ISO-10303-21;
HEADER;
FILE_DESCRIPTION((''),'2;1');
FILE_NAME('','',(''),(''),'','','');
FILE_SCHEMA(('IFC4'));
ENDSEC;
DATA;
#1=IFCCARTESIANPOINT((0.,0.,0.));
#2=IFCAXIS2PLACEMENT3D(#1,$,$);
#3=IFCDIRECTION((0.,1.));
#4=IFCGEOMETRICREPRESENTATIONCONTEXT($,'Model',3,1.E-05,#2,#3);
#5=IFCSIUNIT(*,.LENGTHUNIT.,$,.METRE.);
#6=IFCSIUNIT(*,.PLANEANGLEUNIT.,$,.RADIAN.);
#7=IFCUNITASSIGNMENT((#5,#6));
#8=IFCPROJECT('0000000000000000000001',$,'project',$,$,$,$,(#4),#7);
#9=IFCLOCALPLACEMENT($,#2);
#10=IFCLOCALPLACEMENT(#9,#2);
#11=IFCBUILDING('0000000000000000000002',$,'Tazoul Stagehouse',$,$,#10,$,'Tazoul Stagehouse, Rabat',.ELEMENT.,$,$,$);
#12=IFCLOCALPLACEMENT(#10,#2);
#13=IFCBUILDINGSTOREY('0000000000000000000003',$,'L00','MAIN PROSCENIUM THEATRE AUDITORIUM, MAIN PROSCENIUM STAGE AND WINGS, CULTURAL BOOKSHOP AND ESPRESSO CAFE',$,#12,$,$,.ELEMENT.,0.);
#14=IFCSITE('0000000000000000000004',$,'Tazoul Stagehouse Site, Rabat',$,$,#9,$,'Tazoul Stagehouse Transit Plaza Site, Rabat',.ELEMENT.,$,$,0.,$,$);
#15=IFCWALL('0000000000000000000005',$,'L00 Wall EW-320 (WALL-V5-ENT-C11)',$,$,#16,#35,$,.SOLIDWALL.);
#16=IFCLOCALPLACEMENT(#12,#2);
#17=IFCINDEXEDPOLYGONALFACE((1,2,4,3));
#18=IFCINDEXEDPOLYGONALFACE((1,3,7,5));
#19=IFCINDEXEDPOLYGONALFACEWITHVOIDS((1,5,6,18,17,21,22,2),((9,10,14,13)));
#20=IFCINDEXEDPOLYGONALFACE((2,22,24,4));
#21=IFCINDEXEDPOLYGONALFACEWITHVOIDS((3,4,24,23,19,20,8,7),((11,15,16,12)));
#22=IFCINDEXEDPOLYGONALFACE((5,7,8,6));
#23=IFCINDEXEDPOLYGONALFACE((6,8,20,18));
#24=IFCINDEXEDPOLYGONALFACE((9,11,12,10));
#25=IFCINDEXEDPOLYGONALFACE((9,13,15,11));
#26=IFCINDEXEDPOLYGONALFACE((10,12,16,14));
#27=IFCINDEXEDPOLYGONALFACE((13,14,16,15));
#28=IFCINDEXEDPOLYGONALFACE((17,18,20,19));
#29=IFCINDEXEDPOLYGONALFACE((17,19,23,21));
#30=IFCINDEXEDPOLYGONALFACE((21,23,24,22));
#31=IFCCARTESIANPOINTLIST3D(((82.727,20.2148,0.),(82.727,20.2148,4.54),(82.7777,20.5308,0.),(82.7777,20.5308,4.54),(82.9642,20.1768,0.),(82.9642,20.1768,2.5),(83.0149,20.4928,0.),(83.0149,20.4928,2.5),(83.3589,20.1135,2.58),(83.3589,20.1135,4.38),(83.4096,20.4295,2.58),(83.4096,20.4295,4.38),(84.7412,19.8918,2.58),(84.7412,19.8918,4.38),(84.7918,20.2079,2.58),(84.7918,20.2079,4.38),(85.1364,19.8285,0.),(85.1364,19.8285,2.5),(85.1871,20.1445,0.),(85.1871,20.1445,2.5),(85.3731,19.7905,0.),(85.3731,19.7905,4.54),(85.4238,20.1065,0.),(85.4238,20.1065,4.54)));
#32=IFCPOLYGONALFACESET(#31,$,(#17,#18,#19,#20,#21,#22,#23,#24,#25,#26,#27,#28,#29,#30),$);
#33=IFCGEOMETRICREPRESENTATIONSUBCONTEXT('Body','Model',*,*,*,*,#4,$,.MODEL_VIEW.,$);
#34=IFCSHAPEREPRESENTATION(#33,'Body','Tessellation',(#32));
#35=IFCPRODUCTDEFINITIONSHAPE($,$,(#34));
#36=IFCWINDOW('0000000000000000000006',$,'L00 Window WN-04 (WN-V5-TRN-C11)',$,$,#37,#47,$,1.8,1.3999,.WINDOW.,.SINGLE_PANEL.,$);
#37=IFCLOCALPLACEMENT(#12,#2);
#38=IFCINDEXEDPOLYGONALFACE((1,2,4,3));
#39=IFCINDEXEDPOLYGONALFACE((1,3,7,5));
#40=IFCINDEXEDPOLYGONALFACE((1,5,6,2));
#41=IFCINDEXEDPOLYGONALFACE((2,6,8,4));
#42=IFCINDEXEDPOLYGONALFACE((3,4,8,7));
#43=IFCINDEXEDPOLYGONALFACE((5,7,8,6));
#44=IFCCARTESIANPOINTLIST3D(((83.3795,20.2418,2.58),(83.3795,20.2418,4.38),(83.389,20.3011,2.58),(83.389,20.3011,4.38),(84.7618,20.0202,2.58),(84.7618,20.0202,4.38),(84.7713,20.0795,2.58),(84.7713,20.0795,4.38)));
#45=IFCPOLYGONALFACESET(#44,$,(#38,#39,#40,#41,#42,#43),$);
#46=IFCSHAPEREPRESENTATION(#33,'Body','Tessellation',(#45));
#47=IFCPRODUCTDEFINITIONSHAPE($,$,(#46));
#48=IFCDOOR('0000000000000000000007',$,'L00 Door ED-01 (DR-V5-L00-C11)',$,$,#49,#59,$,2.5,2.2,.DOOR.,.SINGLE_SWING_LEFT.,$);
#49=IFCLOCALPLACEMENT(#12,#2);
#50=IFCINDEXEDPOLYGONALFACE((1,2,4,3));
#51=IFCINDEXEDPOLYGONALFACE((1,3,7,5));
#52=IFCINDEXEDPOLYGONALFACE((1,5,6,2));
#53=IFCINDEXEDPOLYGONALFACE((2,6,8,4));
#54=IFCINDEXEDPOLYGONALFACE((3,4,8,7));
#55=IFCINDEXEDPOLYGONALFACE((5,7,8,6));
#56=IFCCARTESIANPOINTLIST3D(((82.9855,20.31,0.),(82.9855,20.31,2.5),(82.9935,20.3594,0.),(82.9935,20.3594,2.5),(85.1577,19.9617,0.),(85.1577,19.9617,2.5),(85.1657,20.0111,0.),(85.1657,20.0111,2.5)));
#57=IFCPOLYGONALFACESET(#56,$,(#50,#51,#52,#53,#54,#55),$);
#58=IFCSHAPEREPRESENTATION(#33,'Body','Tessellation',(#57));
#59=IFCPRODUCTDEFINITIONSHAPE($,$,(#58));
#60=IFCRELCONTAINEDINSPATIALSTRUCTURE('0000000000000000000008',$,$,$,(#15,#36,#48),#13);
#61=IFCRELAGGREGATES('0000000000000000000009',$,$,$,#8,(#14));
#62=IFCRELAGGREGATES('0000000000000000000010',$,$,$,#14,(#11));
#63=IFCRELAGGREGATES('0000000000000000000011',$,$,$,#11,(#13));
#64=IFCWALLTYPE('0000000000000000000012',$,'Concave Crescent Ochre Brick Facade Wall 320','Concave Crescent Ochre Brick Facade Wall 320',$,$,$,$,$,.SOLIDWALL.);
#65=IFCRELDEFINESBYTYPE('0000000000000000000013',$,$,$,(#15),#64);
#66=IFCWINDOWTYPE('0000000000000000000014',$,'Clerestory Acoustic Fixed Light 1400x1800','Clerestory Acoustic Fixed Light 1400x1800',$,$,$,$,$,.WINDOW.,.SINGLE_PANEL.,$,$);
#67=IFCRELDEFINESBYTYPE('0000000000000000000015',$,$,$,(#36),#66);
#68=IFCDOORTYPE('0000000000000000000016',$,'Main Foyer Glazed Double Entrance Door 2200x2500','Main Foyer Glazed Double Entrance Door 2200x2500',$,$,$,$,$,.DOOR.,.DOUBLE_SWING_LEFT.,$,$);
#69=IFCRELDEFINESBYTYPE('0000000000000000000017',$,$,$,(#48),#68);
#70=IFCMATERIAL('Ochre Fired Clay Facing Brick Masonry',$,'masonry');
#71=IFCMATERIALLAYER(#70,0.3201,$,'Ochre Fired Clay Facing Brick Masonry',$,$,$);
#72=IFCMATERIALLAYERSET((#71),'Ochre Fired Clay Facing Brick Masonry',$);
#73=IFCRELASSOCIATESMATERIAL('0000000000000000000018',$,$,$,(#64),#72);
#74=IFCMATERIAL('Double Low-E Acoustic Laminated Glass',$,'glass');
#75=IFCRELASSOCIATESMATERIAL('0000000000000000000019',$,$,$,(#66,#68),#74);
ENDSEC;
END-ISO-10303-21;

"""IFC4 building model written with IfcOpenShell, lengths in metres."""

from ifc_helpers import new_model, si_unit, direction, frame, frame_2d, origin, place, context, subcontext, project, spatial, rectangle, extrude, material, layer, layer_set, type_object, element, fill, save


model = new_model("IFC4")

# Units and contexts
model_context = context("Model", 3, precision=1e-05, world=origin(), true_north=direction((0.0, 1.0)))
body_context = subcontext(model_context, "Body", "Model", "MODEL_VIEW")
ifc_project = project(units=[si_unit("LENGTHUNIT", "METRE"), si_unit("PLANEANGLEUNIT", "RADIAN")], contexts=[model_context])

# Site, building, storey
site_placement = place(None, origin())
site = spatial("IfcSite", under=ifc_project, at=site_placement, Name="Tazoul Stagehouse Site, Rabat", LongName="Tazoul Stagehouse Transit Plaza Site, Rabat", CompositionType="ELEMENT", RefElevation=0.0)
building_placement = place(site_placement, origin())
building = spatial("IfcBuilding", under=site, at=building_placement, Name="Tazoul Stagehouse", LongName="Tazoul Stagehouse, Rabat", CompositionType="ELEMENT")
storey_placement = place(building_placement, origin())
storey = spatial("IfcBuildingStorey", under=building, at=storey_placement, Name="L00", Description="MAIN PROSCENIUM THEATRE AUDITORIUM, MAIN PROSCENIUM STAGE AND WINGS, CULTURAL BOOKSHOP AND ESPRESSO CAFE", CompositionType="ELEMENT", Elevation=0.0)

# Shared definitions
ifc_material_1 = material(Name="Double Low-E Acoustic Laminated Glass", Category="glass")

# Wall, openings, window, door
ifc_material_2 = material(Name="Ochre Fired Clay Facing Brick Masonry", Category="masonry")
ifc_layer_1 = layer(ifc_material_2, 0.3201, Name="Ochre Fired Clay Facing Brick Masonry")
ifc_layer_set_1 = layer_set([ifc_layer_1], Name="Ochre Fired Clay Facing Brick Masonry")
wall_type_1 = type_object("IfcWallType", Name="Concave Crescent Ochre Brick Facade Wall 320", Description="Concave Crescent Ochre Brick Facade Wall 320", PredefinedType="SOLIDWALL", material=ifc_layer_set_1)
wall_1_placement = place(storey_placement, frame((82.7524, 20.3728, 0.0), z_axis=(0.0, 0.0, 1.0), x_axis=(0.987387, -0.158324, 0.0)))
wall_1 = element("IfcWall", 1, at=wall_1_placement, inside=storey, type_object=wall_type_1, Name="L00 Wall EW-320 (WALL-V5-ENT-C11)", PredefinedType="SOLIDWALL", context=body_context, shape_type="SweptSolid", body=[
    extrude(rectangle(XDim=2.6799, YDim=0.3201, at=frame_2d((1.3398, 0.0))), origin(), (0.0, 0.0, 1.0), 4.54),
])
opening_1_placement = place(wall_1_placement, frame((0.6399, 0.0, 2.5801)))
opening_1 = element("IfcOpeningElement", 2, at=opening_1_placement, cuts=wall_1, PredefinedType="OPENING", context=body_context, shape_type="SweptSolid", body=[
    extrude(rectangle(XDim=1.3999, YDim=1.8, at=frame_2d((0.7, 0.8999))), frame((0.0, 0.1799, 0.0), z_axis=(0.0, -1.0, 0.0), x_axis=(1.0, 0.0, 0.0)), (0.0, 0.0, 1.0), 0.3601),
])
opening_2_placement = place(wall_1_placement, frame((0.24, 0.0, 0.0)))
opening_2 = element("IfcOpeningElement", 3, at=opening_2_placement, cuts=wall_1, PredefinedType="OPENING", context=body_context, shape_type="SweptSolid", body=[
    extrude(rectangle(XDim=2.2, YDim=2.5, at=frame_2d((1.1001, 1.25))), frame((0.0, 0.1799, 0.0), z_axis=(0.0, -1.0, 0.0), x_axis=(1.0, 0.0, 0.0)), (0.0, 0.0, 1.0), 0.3601),
])
window_type = type_object("IfcWindowType", Name="Clerestory Acoustic Fixed Light 1400x1800", Description="Clerestory Acoustic Fixed Light 1400x1800", PartitioningType="SINGLE_PANEL", PredefinedType="WINDOW", material=ifc_material_1)
window_placement = place(opening_1_placement, origin())
window = element("IfcWindow", 4, at=window_placement, inside=storey, type_object=window_type, Name="L00 Window WN-04 (WN-V5-TRN-C11)", OverallHeight=1.8, OverallWidth=1.3999, PartitioningType="SINGLE_PANEL", PredefinedType="WINDOW", context=body_context, shape_type="SweptSolid", body=[
    extrude(rectangle(XDim=1.3999, YDim=1.8, at=frame_2d((0.7, 0.8999))), frame((0.0, 0.03, 0.0), z_axis=(0.0, -1.0, 0.0), x_axis=(1.0, 0.0, 0.0)), (0.0, 0.0, 1.0), 0.0601),
])
fill(opening_1, window)
door_type = type_object("IfcDoorType", Name="Main Foyer Glazed Double Entrance Door 2200x2500", Description="Main Foyer Glazed Double Entrance Door 2200x2500", OperationType="DOUBLE_SWING_LEFT", PredefinedType="DOOR", material=ifc_material_1)
door_placement = place(opening_2_placement, origin())
door = element("IfcDoor", 5, at=door_placement, inside=storey, type_object=door_type, Name="L00 Door ED-01 (DR-V5-L00-C11)", OperationType="SINGLE_SWING_LEFT", OverallHeight=2.5, OverallWidth=2.2, PredefinedType="DOOR", context=body_context, shape_type="SweptSolid", body=[
    extrude(rectangle(XDim=2.2, YDim=2.5, at=frame_2d((1.1001, 1.25))), frame((0.0, 0.0249, 0.0), z_axis=(0.0, -1.0, 0.0), x_axis=(1.0, 0.0, 0.0)), (0.0, 0.0, 1.0), 0.05),
])
fill(opening_2, door)

save(model, "model.ifc")
